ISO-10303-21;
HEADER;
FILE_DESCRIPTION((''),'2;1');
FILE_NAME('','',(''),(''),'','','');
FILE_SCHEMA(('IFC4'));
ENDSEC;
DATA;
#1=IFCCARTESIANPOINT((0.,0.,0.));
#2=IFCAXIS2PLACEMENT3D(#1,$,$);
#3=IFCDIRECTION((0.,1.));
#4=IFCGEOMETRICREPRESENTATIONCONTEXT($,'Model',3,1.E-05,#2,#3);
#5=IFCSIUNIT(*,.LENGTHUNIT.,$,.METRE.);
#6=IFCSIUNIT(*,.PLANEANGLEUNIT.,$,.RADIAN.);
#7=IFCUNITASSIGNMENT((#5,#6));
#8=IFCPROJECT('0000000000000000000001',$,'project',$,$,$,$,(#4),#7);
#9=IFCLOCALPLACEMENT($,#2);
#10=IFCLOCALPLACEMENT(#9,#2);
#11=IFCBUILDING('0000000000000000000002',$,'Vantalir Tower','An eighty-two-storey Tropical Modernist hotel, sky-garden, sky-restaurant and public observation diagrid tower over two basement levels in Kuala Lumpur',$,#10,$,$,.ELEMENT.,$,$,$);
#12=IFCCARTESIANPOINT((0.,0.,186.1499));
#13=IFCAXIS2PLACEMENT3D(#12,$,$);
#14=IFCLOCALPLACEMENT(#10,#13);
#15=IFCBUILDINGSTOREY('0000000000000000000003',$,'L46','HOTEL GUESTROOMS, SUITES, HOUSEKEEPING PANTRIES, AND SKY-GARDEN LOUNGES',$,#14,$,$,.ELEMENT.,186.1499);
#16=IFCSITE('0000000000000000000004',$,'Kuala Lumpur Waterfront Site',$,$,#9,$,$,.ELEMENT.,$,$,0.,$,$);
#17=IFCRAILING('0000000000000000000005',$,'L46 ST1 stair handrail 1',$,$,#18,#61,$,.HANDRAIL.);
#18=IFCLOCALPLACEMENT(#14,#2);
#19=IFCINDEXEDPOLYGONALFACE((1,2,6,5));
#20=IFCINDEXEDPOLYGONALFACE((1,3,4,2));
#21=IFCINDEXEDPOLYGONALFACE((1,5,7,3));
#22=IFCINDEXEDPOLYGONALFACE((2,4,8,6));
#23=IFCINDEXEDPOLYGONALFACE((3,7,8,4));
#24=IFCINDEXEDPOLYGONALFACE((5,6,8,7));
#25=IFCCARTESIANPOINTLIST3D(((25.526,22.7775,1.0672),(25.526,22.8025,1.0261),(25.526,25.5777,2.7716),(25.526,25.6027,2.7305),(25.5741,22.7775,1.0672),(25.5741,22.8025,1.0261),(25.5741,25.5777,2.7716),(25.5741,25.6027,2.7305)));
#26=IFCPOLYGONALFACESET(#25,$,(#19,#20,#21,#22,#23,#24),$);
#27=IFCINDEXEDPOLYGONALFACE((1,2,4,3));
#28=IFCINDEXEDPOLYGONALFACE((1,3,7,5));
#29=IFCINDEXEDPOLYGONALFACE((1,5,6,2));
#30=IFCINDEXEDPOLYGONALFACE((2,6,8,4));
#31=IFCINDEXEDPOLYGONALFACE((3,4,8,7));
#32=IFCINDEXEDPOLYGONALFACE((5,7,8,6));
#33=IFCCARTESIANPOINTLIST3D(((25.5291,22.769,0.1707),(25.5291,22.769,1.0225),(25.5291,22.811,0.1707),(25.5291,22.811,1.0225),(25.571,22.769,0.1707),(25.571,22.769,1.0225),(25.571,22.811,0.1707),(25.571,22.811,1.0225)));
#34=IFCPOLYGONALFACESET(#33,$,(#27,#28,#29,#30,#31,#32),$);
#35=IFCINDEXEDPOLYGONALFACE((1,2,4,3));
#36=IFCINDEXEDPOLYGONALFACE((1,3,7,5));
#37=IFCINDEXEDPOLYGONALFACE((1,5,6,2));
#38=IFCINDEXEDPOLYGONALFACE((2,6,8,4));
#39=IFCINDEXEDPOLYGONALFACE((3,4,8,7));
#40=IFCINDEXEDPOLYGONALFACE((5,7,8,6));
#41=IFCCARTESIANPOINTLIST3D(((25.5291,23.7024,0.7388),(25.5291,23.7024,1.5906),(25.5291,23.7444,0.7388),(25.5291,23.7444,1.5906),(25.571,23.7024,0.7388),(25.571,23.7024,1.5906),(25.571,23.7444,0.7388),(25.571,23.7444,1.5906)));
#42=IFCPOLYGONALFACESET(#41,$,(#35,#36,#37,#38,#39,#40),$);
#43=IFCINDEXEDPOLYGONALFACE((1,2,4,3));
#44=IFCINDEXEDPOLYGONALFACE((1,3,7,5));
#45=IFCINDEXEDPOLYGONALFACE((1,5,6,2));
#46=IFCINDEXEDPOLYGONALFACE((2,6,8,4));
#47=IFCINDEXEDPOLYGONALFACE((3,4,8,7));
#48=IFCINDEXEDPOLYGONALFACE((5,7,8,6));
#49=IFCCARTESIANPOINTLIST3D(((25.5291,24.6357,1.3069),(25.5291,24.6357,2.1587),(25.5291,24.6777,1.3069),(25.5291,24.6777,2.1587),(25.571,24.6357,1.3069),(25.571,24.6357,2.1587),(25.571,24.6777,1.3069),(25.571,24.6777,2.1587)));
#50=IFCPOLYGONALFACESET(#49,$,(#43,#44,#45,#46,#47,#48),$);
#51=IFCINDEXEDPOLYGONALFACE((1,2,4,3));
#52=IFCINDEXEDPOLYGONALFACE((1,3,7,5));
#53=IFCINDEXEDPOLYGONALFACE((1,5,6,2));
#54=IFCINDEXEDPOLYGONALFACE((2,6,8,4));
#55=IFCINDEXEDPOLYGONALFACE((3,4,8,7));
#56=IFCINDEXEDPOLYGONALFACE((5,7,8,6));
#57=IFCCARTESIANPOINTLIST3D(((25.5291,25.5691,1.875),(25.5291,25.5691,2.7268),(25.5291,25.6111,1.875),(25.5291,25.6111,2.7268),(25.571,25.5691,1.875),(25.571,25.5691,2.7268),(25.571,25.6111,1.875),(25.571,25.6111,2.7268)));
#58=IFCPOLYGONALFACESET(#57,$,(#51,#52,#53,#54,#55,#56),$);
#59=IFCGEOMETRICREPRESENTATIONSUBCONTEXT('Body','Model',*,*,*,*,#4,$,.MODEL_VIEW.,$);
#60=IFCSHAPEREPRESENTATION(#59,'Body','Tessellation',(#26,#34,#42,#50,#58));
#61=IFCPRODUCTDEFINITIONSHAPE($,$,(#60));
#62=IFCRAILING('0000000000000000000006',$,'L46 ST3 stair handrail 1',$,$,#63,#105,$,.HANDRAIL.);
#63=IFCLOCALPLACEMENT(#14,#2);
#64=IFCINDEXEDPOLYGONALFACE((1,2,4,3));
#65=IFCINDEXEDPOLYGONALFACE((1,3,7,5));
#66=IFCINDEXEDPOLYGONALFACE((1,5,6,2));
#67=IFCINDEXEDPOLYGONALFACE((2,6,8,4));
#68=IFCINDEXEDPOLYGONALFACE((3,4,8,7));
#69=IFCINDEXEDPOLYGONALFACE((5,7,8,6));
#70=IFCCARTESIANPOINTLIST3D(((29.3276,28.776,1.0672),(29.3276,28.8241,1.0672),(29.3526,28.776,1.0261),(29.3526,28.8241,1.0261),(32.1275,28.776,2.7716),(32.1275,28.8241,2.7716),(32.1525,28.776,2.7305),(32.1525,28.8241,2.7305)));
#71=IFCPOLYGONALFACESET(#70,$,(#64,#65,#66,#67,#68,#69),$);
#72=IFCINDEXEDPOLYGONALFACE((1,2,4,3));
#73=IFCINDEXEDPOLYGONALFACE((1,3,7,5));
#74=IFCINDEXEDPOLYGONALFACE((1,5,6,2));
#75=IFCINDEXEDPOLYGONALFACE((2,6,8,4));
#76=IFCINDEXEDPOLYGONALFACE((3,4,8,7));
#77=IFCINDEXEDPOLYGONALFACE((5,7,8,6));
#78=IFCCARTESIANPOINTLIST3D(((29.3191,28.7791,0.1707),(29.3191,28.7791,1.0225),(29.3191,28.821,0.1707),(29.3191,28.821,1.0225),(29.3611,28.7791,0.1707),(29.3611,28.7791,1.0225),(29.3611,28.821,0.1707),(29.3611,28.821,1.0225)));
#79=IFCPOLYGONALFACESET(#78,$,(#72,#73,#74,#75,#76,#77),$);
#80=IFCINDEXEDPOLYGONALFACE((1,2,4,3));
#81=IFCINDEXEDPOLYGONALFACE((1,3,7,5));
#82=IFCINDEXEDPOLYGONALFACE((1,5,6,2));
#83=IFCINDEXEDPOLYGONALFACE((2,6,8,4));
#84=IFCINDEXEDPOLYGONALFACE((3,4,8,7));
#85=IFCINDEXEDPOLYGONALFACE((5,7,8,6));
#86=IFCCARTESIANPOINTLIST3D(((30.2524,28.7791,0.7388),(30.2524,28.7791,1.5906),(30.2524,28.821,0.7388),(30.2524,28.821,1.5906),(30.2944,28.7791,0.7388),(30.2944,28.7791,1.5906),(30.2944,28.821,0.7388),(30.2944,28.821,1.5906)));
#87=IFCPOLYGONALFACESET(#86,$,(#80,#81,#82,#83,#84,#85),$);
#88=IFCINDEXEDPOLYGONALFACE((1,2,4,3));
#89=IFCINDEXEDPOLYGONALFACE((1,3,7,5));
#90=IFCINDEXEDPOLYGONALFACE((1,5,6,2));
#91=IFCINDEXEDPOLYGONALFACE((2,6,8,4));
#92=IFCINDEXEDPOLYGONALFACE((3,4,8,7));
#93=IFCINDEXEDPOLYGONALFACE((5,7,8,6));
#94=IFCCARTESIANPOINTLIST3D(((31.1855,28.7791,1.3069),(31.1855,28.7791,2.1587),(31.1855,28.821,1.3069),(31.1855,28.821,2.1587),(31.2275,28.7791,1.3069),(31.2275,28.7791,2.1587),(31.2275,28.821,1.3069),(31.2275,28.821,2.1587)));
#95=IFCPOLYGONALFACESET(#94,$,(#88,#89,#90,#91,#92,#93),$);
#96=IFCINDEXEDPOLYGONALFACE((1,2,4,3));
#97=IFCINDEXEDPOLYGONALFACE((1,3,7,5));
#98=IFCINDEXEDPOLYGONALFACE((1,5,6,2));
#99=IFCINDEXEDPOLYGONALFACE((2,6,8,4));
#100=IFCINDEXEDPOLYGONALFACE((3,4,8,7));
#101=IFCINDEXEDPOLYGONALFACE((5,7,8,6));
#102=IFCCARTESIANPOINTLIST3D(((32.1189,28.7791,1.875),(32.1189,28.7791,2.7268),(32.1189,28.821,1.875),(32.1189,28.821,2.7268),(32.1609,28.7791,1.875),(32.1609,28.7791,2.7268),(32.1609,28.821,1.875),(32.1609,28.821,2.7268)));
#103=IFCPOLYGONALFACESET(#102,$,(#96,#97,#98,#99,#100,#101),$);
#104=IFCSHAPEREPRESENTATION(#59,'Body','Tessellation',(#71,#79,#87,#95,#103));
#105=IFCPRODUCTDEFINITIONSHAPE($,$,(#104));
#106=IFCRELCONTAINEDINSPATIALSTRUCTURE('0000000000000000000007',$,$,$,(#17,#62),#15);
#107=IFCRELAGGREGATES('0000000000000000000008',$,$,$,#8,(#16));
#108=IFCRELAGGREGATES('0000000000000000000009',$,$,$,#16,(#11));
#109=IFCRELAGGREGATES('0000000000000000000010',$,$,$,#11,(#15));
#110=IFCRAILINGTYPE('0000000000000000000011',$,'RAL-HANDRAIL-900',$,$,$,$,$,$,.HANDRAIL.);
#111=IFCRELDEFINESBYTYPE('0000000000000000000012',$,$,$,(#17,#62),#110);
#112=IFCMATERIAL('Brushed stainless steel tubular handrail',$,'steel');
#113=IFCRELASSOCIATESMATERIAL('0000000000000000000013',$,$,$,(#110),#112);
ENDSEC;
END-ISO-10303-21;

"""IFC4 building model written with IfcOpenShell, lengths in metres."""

from ifc_helpers import new_model, si_unit, direction, frame, origin, origin_2d, place, context, subcontext, project, spatial, rectangle, extrude, material, type_object, element, save


model = new_model("IFC4")

# Units and contexts
model_context = context("Model", 3, precision=1e-05, world=origin(), true_north=direction((0.0, 1.0)))
body_context = subcontext(model_context, "Body", "Model", "MODEL_VIEW")
ifc_project = project(units=[si_unit("LENGTHUNIT", "METRE"), si_unit("PLANEANGLEUNIT", "RADIAN")], contexts=[model_context])

# Site, building, storey
site_placement = place(None, origin())
site = spatial("IfcSite", under=ifc_project, at=site_placement, Name="Kuala Lumpur Waterfront Site", CompositionType="ELEMENT", RefElevation=0.0)
building_placement = place(site_placement, origin())
building = spatial("IfcBuilding", under=site, at=building_placement, Name="Vantalir Tower", Description="An eighty-two-storey Tropical Modernist hotel, sky-garden, sky-restaurant and public observation diagrid tower over two basement levels in Kuala Lumpur", CompositionType="ELEMENT")
storey_placement = place(building_placement, frame((0.0, 0.0, 186.1499)))
storey = spatial("IfcBuildingStorey", under=building, at=storey_placement, Name="L46", Description="HOTEL GUESTROOMS, SUITES, HOUSEKEEPING PANTRIES, AND SKY-GARDEN LOUNGES", CompositionType="ELEMENT", Elevation=186.1499)

# Railings
ifc_material_1 = material(Name="Brushed stainless steel tubular handrail", Category="steel")
railing_type_1 = type_object("IfcRailingType", Name="RAL-HANDRAIL-900", PredefinedType="HANDRAIL", material=ifc_material_1)
railing_1_placement = place(storey_placement, frame((25.55, 22.79, 0.1707)))
element("IfcRailing", 1, at=railing_1_placement, inside=storey, type_object=railing_type_1, Name="L46 ST1 stair handrail 1", PredefinedType="HANDRAIL", context=body_context, shape_type="SweptSolid", body=[
    extrude(rectangle(XDim=0.0481, YDim=0.0481, at=origin_2d()), frame((0.0, 0.0, 0.876), z_axis=(0.0, 0.854203, 0.51994), x_axis=(-1.0, 0.0, 0.0)), (0.0, 0.0, 1.0), 3.2781),
    extrude(rectangle(XDim=0.042, YDim=0.042, at=origin_2d()), origin(), (0.0, 0.0, 1.0), 0.8518),
    extrude(rectangle(XDim=0.042, YDim=0.042, at=origin_2d()), frame((0.0, 0.9333, 0.5681)), (0.0, 0.0, 1.0), 0.8518),
    extrude(rectangle(XDim=0.042, YDim=0.042, at=origin_2d()), frame((0.0, 1.8667, 1.1362)), (0.0, 0.0, 1.0), 0.8518),
    extrude(rectangle(XDim=0.042, YDim=0.042, at=origin_2d()), frame((0.0, 2.8, 1.7043)), (0.0, 0.0, 1.0), 0.8518),
])
railing_2_placement = place(storey_placement, frame((29.3401, 28.8, 0.1707)))
element("IfcRailing", 2, at=railing_2_placement, inside=storey, type_object=railing_type_1, Name="L46 ST3 stair handrail 1", PredefinedType="HANDRAIL", context=body_context, shape_type="SweptSolid", body=[
    extrude(rectangle(XDim=0.0481, YDim=0.0481, at=origin_2d()), frame((0.0, 0.0, 0.876), z_axis=(0.854183, 0.0, 0.519973), x_axis=(0.0, 1.0, 0.0)), (0.0, 0.0, 1.0), 3.2778),
    extrude(rectangle(XDim=0.042, YDim=0.042, at=origin_2d()), origin(), (0.0, 0.0, 1.0), 0.8518),
    extrude(rectangle(XDim=0.042, YDim=0.042, at=origin_2d()), frame((0.9333, 0.0, 0.5681)), (0.0, 0.0, 1.0), 0.8518),
    extrude(rectangle(XDim=0.042, YDim=0.042, at=origin_2d()), frame((1.8665, 0.0, 1.1362)), (0.0, 0.0, 1.0), 0.8518),
    extrude(rectangle(XDim=0.042, YDim=0.042, at=origin_2d()), frame((2.7998, 0.0, 1.7043)), (0.0, 0.0, 1.0), 0.8518),
])

save(model, "model.ifc")
